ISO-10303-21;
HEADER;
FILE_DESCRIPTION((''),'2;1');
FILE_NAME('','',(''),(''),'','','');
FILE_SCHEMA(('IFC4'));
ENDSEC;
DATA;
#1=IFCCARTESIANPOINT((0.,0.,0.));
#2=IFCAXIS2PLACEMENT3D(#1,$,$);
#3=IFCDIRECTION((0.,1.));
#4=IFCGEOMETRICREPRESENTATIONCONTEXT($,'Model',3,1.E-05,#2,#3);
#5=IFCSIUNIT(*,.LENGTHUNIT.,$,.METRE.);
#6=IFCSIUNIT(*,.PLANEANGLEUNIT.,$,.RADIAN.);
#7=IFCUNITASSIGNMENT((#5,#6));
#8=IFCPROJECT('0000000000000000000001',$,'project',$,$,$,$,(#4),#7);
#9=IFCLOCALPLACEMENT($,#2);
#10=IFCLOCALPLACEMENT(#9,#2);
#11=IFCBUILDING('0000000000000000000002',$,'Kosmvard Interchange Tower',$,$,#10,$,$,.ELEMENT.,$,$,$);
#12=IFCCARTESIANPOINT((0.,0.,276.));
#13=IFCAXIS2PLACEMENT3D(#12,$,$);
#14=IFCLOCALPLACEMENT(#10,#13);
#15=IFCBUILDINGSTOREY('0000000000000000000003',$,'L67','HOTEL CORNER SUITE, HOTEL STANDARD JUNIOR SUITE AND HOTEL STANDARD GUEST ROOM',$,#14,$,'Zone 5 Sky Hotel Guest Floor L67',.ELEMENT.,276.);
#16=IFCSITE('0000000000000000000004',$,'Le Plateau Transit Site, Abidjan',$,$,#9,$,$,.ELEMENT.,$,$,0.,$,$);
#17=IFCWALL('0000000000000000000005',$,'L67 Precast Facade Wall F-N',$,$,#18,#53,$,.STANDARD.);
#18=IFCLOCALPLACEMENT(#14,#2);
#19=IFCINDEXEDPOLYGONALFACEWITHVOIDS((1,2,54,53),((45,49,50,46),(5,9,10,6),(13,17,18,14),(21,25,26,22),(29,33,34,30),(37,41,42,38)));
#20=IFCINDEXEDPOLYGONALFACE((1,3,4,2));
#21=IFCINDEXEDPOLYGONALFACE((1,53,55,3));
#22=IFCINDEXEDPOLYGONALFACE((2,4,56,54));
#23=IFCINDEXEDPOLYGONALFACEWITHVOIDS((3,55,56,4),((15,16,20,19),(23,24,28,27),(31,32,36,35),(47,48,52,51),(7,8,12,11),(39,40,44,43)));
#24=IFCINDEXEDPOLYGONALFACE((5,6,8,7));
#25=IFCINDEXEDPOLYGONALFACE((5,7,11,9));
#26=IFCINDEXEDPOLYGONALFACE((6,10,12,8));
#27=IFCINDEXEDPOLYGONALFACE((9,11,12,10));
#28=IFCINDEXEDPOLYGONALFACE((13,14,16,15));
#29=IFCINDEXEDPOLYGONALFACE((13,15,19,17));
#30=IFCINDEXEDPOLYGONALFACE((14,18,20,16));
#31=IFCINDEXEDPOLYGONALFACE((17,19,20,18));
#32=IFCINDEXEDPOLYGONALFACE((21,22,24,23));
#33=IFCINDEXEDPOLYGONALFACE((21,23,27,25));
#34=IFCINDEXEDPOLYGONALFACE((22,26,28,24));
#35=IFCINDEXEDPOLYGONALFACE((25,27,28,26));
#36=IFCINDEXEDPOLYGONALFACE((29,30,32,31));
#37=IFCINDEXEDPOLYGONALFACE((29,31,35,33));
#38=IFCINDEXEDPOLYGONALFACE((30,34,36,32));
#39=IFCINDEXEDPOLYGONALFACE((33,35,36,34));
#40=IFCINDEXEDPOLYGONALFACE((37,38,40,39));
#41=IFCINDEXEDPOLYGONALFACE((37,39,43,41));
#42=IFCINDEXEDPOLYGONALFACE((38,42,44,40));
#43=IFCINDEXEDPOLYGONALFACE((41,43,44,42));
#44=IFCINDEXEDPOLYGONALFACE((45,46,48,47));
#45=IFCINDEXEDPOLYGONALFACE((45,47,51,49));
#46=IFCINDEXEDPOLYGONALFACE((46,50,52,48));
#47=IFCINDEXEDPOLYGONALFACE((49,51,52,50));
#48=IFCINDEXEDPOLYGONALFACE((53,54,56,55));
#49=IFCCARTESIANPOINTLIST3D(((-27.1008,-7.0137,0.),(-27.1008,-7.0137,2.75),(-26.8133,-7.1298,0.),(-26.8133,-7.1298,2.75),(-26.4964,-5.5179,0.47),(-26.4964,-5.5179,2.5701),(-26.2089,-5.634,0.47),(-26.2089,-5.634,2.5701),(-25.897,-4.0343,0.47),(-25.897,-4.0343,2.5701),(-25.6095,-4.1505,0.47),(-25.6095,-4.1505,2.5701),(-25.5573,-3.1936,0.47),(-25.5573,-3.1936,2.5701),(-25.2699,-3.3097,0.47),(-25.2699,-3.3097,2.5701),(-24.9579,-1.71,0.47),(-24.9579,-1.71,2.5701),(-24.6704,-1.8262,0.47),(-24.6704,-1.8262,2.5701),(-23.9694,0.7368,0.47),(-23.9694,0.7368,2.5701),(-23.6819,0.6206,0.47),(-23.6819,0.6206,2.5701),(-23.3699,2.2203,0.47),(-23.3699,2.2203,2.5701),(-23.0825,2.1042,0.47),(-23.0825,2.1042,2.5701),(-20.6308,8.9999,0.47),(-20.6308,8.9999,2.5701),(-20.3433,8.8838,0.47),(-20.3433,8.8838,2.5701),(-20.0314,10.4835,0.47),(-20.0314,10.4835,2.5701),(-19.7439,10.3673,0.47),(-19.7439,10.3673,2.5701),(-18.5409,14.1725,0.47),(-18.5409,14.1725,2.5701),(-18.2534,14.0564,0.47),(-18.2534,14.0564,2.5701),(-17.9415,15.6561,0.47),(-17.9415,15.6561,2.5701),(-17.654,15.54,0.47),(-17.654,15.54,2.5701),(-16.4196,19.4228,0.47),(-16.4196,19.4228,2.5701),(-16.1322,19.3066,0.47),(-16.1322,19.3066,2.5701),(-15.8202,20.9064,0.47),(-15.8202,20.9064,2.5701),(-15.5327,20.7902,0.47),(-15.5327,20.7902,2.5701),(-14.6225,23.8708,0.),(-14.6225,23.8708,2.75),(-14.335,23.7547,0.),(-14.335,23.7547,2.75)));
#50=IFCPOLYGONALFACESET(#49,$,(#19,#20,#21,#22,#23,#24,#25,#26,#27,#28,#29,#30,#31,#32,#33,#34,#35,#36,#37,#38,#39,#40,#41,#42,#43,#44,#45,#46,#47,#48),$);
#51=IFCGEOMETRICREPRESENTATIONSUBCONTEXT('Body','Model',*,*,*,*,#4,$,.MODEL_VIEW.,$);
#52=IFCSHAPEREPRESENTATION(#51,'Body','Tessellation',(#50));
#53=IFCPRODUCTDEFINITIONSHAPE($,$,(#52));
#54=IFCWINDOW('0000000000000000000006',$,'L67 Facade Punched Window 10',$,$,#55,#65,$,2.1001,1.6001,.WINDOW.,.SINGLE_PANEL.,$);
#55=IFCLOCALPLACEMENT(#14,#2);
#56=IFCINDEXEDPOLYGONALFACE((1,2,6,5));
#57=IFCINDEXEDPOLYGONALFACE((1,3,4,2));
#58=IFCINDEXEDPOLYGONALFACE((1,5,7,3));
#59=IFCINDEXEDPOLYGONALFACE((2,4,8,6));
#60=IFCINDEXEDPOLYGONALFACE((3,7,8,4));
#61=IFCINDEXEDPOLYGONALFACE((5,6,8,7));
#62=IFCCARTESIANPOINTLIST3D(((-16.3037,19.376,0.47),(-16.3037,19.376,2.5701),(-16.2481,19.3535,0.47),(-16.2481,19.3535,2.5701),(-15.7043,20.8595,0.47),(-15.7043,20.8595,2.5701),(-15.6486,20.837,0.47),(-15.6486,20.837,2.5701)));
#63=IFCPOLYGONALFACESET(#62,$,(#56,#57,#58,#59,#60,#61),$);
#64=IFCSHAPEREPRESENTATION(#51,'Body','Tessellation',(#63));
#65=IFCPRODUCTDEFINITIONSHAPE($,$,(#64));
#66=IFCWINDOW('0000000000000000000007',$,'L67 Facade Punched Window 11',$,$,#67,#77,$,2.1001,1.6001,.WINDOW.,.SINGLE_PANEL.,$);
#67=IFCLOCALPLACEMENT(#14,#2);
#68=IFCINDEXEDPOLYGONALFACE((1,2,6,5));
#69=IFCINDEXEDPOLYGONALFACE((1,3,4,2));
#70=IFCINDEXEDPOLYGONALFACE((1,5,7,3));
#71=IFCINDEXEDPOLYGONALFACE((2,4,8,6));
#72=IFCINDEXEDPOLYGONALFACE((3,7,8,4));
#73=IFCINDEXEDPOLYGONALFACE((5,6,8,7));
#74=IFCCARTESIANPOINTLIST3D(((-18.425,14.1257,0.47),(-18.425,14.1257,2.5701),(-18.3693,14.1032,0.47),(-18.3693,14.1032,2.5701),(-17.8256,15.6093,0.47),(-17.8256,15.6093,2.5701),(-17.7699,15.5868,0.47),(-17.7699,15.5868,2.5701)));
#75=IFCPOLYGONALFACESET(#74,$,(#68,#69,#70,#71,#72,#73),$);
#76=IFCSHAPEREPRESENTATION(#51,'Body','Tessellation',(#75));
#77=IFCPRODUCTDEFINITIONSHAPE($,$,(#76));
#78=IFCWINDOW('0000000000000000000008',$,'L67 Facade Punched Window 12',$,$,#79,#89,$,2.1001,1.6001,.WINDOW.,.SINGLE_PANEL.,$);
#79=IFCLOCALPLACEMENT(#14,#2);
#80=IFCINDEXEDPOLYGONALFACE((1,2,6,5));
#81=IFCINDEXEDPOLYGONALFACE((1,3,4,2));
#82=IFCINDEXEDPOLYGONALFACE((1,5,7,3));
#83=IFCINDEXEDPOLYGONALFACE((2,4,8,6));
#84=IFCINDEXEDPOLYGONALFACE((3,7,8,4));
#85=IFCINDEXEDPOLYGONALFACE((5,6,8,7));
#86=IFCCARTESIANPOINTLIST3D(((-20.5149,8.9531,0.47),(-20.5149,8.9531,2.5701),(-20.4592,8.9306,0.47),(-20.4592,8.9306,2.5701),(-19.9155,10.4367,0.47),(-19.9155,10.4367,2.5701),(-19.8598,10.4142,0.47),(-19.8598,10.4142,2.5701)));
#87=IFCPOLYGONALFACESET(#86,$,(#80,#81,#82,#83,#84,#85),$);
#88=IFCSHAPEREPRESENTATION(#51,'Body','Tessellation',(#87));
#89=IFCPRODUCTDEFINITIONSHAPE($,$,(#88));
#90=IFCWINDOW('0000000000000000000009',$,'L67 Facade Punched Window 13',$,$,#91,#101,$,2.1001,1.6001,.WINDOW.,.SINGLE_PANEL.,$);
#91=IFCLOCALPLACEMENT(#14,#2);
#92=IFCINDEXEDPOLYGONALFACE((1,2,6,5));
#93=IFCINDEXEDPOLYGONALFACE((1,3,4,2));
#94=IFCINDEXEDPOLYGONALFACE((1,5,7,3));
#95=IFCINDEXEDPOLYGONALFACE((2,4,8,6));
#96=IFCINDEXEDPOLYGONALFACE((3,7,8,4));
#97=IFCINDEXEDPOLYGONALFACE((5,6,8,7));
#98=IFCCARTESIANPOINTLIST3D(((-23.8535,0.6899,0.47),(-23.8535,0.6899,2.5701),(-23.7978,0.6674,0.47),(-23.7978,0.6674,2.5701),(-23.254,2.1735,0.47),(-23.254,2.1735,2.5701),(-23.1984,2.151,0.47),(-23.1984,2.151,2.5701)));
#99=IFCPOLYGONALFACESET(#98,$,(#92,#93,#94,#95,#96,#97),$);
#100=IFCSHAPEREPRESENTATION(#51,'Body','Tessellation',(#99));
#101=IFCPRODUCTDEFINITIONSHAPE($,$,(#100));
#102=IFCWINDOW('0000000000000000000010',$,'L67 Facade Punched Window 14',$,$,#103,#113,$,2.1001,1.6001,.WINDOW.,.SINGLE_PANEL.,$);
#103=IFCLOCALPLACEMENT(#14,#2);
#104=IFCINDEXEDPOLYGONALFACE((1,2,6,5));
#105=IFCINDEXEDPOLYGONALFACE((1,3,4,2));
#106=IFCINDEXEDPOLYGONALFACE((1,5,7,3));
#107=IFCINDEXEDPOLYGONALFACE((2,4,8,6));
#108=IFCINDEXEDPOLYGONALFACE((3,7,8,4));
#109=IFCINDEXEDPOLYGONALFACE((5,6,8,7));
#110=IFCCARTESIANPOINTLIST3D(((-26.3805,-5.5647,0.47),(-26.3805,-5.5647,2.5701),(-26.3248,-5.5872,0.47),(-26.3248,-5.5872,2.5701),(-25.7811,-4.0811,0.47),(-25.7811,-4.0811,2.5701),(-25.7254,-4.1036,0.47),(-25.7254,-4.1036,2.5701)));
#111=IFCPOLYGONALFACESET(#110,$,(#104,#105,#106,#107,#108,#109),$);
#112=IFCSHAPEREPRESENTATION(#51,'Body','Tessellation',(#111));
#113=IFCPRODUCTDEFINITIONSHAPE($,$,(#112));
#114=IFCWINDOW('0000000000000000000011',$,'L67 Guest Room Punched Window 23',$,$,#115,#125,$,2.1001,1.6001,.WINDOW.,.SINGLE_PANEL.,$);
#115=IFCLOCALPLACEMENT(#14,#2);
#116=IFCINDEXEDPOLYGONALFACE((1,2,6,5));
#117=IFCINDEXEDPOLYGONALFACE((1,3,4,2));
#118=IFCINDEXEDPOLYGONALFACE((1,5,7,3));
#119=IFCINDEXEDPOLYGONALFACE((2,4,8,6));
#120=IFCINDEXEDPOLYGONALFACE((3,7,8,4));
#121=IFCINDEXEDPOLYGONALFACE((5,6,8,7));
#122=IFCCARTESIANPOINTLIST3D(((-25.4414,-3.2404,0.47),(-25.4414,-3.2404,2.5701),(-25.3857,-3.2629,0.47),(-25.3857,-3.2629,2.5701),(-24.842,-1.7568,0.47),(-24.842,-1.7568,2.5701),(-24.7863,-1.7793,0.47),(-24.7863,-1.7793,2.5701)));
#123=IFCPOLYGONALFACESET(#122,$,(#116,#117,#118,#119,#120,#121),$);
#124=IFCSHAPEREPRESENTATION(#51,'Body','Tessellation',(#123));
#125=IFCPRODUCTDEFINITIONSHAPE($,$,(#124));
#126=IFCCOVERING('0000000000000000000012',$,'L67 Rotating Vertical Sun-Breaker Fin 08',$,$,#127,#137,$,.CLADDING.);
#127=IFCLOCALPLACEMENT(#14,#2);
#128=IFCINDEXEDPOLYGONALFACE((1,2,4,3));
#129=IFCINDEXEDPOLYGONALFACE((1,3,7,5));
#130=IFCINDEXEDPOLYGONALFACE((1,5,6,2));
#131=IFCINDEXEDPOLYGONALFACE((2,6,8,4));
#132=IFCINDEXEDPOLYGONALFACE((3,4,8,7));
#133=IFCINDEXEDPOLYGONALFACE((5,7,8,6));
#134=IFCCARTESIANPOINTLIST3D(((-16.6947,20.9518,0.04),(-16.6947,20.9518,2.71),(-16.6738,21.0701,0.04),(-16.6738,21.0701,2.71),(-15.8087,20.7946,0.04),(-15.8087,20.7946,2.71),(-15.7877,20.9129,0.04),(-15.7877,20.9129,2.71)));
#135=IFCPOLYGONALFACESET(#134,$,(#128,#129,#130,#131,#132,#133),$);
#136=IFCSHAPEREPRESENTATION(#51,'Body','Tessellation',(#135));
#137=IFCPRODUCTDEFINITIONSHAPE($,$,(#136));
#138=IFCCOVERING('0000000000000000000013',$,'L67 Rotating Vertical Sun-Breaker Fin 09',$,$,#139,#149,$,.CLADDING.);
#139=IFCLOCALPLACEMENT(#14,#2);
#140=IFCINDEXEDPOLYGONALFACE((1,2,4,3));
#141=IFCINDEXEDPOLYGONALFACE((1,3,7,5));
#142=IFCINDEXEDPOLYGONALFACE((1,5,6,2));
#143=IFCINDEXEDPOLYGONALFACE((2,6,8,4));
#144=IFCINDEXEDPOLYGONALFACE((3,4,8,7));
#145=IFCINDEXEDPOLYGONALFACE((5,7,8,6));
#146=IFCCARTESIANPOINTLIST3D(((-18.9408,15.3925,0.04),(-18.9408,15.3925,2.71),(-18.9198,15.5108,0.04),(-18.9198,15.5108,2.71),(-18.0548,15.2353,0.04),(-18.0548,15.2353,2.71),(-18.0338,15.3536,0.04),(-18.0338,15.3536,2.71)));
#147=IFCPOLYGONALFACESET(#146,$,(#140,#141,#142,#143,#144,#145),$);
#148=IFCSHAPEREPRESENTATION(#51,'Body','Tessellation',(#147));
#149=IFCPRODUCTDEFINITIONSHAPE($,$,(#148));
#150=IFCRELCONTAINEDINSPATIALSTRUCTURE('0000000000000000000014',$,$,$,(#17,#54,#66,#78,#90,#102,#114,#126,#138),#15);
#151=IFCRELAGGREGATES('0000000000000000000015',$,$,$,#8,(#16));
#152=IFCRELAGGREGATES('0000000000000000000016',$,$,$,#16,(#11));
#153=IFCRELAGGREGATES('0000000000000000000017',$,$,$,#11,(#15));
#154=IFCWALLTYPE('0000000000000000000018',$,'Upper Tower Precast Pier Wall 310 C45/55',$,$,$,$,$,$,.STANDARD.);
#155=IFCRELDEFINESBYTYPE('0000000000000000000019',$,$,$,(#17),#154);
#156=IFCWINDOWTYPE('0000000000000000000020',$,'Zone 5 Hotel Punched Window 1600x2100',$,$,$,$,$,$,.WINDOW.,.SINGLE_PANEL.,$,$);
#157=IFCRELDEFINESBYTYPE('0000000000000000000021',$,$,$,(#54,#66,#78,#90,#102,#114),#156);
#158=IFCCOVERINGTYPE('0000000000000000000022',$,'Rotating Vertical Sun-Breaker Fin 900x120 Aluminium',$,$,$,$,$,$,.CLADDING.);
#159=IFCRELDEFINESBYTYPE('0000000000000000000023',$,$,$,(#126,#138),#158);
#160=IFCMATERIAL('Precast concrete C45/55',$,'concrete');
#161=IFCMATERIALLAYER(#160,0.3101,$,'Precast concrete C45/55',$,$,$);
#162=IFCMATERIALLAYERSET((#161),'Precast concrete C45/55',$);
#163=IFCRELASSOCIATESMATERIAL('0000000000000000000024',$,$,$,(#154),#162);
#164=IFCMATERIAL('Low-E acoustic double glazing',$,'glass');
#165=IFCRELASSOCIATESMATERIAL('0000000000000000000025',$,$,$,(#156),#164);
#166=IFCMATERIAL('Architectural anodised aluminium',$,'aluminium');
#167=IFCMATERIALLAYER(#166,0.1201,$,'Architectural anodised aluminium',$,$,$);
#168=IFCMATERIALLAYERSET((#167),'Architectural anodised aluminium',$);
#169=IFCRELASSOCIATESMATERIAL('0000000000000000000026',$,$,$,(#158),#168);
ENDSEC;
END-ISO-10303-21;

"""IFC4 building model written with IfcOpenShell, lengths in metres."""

from ifc_helpers import new_model, si_unit, direction, frame, frame_2d, origin, origin_2d, place, context, subcontext, project, spatial, rectangle, extrude, source, transform, mapped, material, layer, layer_set, type_object, element, fill, save


model = new_model("IFC4")

# Units and contexts
model_context = context("Model", 3, precision=1e-05, world=origin(), true_north=direction((0.0, 1.0)))
body_context = subcontext(model_context, "Body", "Model", "MODEL_VIEW")
ifc_project = project(units=[si_unit("LENGTHUNIT", "METRE"), si_unit("PLANEANGLEUNIT", "RADIAN")], contexts=[model_context])

# Site, building, storey
site_placement = place(None, origin())
site = spatial("IfcSite", under=ifc_project, at=site_placement, Name="Le Plateau Transit Site, Abidjan", CompositionType="ELEMENT", RefElevation=0.0)
building_placement = place(site_placement, origin())
building = spatial("IfcBuilding", under=site, at=building_placement, Name="Kosmvard Interchange Tower", CompositionType="ELEMENT")
storey_placement = place(building_placement, frame((0.0, 0.0, 276.0)))
storey = spatial("IfcBuildingStorey", under=building, at=storey_placement, Name="L67", Description="HOTEL CORNER SUITE, HOTEL STANDARD JUNIOR SUITE AND HOTEL STANDARD GUEST ROOM", LongName="Zone 5 Sky Hotel Guest Floor L67", CompositionType="ELEMENT", Elevation=276.0)

# Wall, openings, windows
ifc_material_1 = material(Name="Precast concrete C45/55", Category="concrete")
ifc_layer_1 = layer(ifc_material_1, 0.3101, Name="Precast concrete C45/55")
ifc_layer_set_1 = layer_set([ifc_layer_1], Name="Precast concrete C45/55")
wall_type = type_object("IfcWallType", Name="Upper Tower Precast Pier Wall 310 C45/55", PredefinedType="STANDARD", material=ifc_layer_set_1)
wall_placement = place(storey_placement, frame((-14.4788, 23.8127, 0.0), z_axis=(0.0, 0.0, 1.0), x_axis=(-0.37461, -0.927183, 0.0)))
wall = element("IfcWall", 1, at=wall_placement, inside=storey, type_object=wall_type, Name="L67 Precast Facade Wall F-N", PredefinedType="STANDARD", context=body_context, shape_type="SweptSolid", body=[
    extrude(rectangle(XDim=33.3101, YDim=0.3101, at=frame_2d((16.655, 0.0))), origin(), (0.0, 0.0, 1.0), 2.75),
])
opening_1_placement = place(wall_placement, frame((3.1973, 0.0, 0.47)))
opening_1 = element("IfcOpeningElement", 2, at=opening_1_placement, cuts=wall, PredefinedType="OPENING", context=body_context, shape_type="SweptSolid", body=[
    extrude(rectangle(XDim=1.6001, YDim=2.1001, at=frame_2d((0.8, 1.05))), frame((0.0, 0.165, 0.0), z_axis=(0.0, -1.0, 0.0), x_axis=(1.0, 0.0, 0.0)), (0.0, 0.0, 1.0), 0.3301),
])
opening_2_placement = place(wall_placement, frame((8.8599, 0.0, 0.47)))
opening_2 = element("IfcOpeningElement", 3, at=opening_2_placement, cuts=wall, PredefinedType="OPENING", context=body_context, shape_type="SweptSolid", body=[
    extrude(rectangle(XDim=1.6001, YDim=2.1001, at=frame_2d((0.8, 1.05))), frame((0.0, 0.165, 0.0), z_axis=(0.0, -1.0, 0.0), x_axis=(1.0, 0.0, 0.0)), (0.0, 0.0, 1.0), 0.3301),
])
opening_3_placement = place(wall_placement, frame((14.4387, 0.0, 0.47)))
opening_3 = element("IfcOpeningElement", 4, at=opening_3_placement, cuts=wall, PredefinedType="OPENING", context=body_context, shape_type="SweptSolid", body=[
    extrude(rectangle(XDim=1.6001, YDim=2.1001, at=frame_2d((0.8, 1.05))), frame((0.0, 0.165, 0.0), z_axis=(0.0, -1.0, 0.0), x_axis=(1.0, 0.0, 0.0)), (0.0, 0.0, 1.0), 0.3301),
])
opening_4_placement = place(wall_placement, frame((23.3508, 0.0, 0.47)))
opening_4 = element("IfcOpeningElement", 5, at=opening_4_placement, cuts=wall, PredefinedType="OPENING", context=body_context, shape_type="SweptSolid", body=[
    extrude(rectangle(XDim=1.6001, YDim=2.1001, at=frame_2d((0.8, 1.05))), frame((0.0, 0.165, 0.0), z_axis=(0.0, -1.0, 0.0), x_axis=(1.0, 0.0, 0.0)), (0.0, 0.0, 1.0), 0.3301),
])
opening_5_placement = place(wall_placement, frame((30.0967, 0.0, 0.47)))
opening_5 = element("IfcOpeningElement", 6, at=opening_5_placement, cuts=wall, PredefinedType="OPENING", context=body_context, shape_type="SweptSolid", body=[
    extrude(rectangle(XDim=1.6001, YDim=2.1001, at=frame_2d((0.8, 1.05))), frame((0.0, 0.165, 0.0), z_axis=(0.0, -1.0, 0.0), x_axis=(1.0, 0.0, 0.0)), (0.0, 0.0, 1.0), 0.3301),
])
opening_6_placement = place(wall_placement, frame((27.5898, 0.0, 0.47)))
opening_6 = element("IfcOpeningElement", 7, at=opening_6_placement, cuts=wall, PredefinedType="OPENING", context=body_context, shape_type="SweptSolid", body=[
    extrude(rectangle(XDim=1.6001, YDim=2.1001, at=frame_2d((0.8, 1.05))), frame((0.0, 0.165, 0.0), z_axis=(0.0, -1.0, 0.0), x_axis=(1.0, 0.0, 0.0)), (0.0, 0.0, 1.0), 0.3301),
])
ifc_material_2 = material(Name="Low-E acoustic double glazing", Category="glass")
window_type = type_object("IfcWindowType", Name="Zone 5 Hotel Punched Window 1600x2100", PartitioningType="SINGLE_PANEL", PredefinedType="WINDOW", material=ifc_material_2)
shared_shape_1 = source(origin(), body_context, "Body", "SweptSolid", [
    extrude(rectangle(XDim=1.6001, YDim=2.1001, at=frame_2d((0.8, 1.05))), frame((0.0, 0.03, 0.0), z_axis=(0.0, -1.0, 0.0), x_axis=(1.0, 0.0, 0.0)), (0.0, 0.0, 1.0), 0.0601),
])
window_1_placement = place(opening_1_placement, origin())
window_1 = element("IfcWindow", 8, at=window_1_placement, inside=storey, type_object=window_type, Name="L67 Facade Punched Window 10", OverallHeight=2.1001, OverallWidth=1.6001, PartitioningType="SINGLE_PANEL", PredefinedType="WINDOW", context=body_context, shape_type="MappedRepresentation", body=[
    mapped(shared_shape_1, transform((0.0, 0.0, 0.0), scale=1.0)),
])
fill(opening_1, window_1)
window_2_placement = place(opening_2_placement, origin())
window_2 = element("IfcWindow", 9, at=window_2_placement, inside=storey, type_object=window_type, Name="L67 Facade Punched Window 11", OverallHeight=2.1001, OverallWidth=1.6001, PartitioningType="SINGLE_PANEL", PredefinedType="WINDOW", context=body_context, shape_type="MappedRepresentation", body=[
    mapped(shared_shape_1, transform((0.0, 0.0, 0.0), scale=1.0)),
])
fill(opening_2, window_2)
window_3_placement = place(opening_3_placement, origin())
window_3 = element("IfcWindow", 10, at=window_3_placement, inside=storey, type_object=window_type, Name="L67 Facade Punched Window 12", OverallHeight=2.1001, OverallWidth=1.6001, PartitioningType="SINGLE_PANEL", PredefinedType="WINDOW", context=body_context, shape_type="MappedRepresentation", body=[
    mapped(shared_shape_1, transform((0.0, 0.0, 0.0), scale=1.0)),
])
fill(opening_3, window_3)
window_4_placement = place(opening_4_placement, origin())
window_4 = element("IfcWindow", 11, at=window_4_placement, inside=storey, type_object=window_type, Name="L67 Facade Punched Window 13", OverallHeight=2.1001, OverallWidth=1.6001, PartitioningType="SINGLE_PANEL", PredefinedType="WINDOW", context=body_context, shape_type="MappedRepresentation", body=[
    mapped(shared_shape_1, transform((0.0, 0.0, 0.0), scale=1.0)),
])
fill(opening_4, window_4)
window_5_placement = place(opening_5_placement, origin())
window_5 = element("IfcWindow", 12, at=window_5_placement, inside=storey, type_object=window_type, Name="L67 Facade Punched Window 14", OverallHeight=2.1001, OverallWidth=1.6001, PartitioningType="SINGLE_PANEL", PredefinedType="WINDOW", context=body_context, shape_type="MappedRepresentation", body=[
    mapped(shared_shape_1, transform((0.0, 0.0, 0.0), scale=1.0)),
])
fill(opening_5, window_5)
window_6_placement = place(opening_6_placement, origin())
window_6 = element("IfcWindow", 13, at=window_6_placement, inside=storey, type_object=window_type, Name="L67 Guest Room Punched Window 23", OverallHeight=2.1001, OverallWidth=1.6001, PartitioningType="SINGLE_PANEL", PredefinedType="WINDOW", context=body_context, shape_type="MappedRepresentation", body=[
    mapped(shared_shape_1, transform((0.0, 0.0, 0.0), scale=1.0)),
])
fill(opening_6, window_6)

# Coverings
ifc_material_3 = material(Name="Architectural anodised aluminium", Category="aluminium")
ifc_layer_2 = layer(ifc_material_3, 0.1201, Name="Architectural anodised aluminium")
ifc_layer_set_2 = layer_set([ifc_layer_2], Name="Architectural anodised aluminium")
covering_type = type_object("IfcCoveringType", Name="Rotating Vertical Sun-Breaker Fin 900x120 Aluminium", PredefinedType="CLADDING", material=ifc_layer_set_2)
shared_shape_2 = source(origin(), body_context, "Body", "SweptSolid", [
    extrude(rectangle(XDim=0.8999, YDim=0.1201, at=origin_2d()), origin(), (0.0, 0.0, 1.0), 2.6699),
])
for number, where, z_axis, x_axis, name in (
    (14, (-16.2412, 20.9324, 0.04), (0.0, 0.0, 1.0), (-0.984625, 0.174679, 0.0), "L67 Rotating Vertical Sun-Breaker Fin 08"),
    (15, (-18.4873, 15.373, 0.04), (0.0, 0.0, 1.0), (-0.984625, 0.174679, 0.0), "L67 Rotating Vertical Sun-Breaker Fin 09"),
):
    element("IfcCovering", number, at=place(storey_placement, frame(where, z_axis=z_axis, x_axis=x_axis)), inside=storey, type_object=covering_type, Name=name, PredefinedType="CLADDING", context=body_context, shape_type="MappedRepresentation", body=[
        mapped(shared_shape_2, transform((0.0, 0.0, 0.0), scale=1.0)),
    ])

save(model, "model.ifc")
